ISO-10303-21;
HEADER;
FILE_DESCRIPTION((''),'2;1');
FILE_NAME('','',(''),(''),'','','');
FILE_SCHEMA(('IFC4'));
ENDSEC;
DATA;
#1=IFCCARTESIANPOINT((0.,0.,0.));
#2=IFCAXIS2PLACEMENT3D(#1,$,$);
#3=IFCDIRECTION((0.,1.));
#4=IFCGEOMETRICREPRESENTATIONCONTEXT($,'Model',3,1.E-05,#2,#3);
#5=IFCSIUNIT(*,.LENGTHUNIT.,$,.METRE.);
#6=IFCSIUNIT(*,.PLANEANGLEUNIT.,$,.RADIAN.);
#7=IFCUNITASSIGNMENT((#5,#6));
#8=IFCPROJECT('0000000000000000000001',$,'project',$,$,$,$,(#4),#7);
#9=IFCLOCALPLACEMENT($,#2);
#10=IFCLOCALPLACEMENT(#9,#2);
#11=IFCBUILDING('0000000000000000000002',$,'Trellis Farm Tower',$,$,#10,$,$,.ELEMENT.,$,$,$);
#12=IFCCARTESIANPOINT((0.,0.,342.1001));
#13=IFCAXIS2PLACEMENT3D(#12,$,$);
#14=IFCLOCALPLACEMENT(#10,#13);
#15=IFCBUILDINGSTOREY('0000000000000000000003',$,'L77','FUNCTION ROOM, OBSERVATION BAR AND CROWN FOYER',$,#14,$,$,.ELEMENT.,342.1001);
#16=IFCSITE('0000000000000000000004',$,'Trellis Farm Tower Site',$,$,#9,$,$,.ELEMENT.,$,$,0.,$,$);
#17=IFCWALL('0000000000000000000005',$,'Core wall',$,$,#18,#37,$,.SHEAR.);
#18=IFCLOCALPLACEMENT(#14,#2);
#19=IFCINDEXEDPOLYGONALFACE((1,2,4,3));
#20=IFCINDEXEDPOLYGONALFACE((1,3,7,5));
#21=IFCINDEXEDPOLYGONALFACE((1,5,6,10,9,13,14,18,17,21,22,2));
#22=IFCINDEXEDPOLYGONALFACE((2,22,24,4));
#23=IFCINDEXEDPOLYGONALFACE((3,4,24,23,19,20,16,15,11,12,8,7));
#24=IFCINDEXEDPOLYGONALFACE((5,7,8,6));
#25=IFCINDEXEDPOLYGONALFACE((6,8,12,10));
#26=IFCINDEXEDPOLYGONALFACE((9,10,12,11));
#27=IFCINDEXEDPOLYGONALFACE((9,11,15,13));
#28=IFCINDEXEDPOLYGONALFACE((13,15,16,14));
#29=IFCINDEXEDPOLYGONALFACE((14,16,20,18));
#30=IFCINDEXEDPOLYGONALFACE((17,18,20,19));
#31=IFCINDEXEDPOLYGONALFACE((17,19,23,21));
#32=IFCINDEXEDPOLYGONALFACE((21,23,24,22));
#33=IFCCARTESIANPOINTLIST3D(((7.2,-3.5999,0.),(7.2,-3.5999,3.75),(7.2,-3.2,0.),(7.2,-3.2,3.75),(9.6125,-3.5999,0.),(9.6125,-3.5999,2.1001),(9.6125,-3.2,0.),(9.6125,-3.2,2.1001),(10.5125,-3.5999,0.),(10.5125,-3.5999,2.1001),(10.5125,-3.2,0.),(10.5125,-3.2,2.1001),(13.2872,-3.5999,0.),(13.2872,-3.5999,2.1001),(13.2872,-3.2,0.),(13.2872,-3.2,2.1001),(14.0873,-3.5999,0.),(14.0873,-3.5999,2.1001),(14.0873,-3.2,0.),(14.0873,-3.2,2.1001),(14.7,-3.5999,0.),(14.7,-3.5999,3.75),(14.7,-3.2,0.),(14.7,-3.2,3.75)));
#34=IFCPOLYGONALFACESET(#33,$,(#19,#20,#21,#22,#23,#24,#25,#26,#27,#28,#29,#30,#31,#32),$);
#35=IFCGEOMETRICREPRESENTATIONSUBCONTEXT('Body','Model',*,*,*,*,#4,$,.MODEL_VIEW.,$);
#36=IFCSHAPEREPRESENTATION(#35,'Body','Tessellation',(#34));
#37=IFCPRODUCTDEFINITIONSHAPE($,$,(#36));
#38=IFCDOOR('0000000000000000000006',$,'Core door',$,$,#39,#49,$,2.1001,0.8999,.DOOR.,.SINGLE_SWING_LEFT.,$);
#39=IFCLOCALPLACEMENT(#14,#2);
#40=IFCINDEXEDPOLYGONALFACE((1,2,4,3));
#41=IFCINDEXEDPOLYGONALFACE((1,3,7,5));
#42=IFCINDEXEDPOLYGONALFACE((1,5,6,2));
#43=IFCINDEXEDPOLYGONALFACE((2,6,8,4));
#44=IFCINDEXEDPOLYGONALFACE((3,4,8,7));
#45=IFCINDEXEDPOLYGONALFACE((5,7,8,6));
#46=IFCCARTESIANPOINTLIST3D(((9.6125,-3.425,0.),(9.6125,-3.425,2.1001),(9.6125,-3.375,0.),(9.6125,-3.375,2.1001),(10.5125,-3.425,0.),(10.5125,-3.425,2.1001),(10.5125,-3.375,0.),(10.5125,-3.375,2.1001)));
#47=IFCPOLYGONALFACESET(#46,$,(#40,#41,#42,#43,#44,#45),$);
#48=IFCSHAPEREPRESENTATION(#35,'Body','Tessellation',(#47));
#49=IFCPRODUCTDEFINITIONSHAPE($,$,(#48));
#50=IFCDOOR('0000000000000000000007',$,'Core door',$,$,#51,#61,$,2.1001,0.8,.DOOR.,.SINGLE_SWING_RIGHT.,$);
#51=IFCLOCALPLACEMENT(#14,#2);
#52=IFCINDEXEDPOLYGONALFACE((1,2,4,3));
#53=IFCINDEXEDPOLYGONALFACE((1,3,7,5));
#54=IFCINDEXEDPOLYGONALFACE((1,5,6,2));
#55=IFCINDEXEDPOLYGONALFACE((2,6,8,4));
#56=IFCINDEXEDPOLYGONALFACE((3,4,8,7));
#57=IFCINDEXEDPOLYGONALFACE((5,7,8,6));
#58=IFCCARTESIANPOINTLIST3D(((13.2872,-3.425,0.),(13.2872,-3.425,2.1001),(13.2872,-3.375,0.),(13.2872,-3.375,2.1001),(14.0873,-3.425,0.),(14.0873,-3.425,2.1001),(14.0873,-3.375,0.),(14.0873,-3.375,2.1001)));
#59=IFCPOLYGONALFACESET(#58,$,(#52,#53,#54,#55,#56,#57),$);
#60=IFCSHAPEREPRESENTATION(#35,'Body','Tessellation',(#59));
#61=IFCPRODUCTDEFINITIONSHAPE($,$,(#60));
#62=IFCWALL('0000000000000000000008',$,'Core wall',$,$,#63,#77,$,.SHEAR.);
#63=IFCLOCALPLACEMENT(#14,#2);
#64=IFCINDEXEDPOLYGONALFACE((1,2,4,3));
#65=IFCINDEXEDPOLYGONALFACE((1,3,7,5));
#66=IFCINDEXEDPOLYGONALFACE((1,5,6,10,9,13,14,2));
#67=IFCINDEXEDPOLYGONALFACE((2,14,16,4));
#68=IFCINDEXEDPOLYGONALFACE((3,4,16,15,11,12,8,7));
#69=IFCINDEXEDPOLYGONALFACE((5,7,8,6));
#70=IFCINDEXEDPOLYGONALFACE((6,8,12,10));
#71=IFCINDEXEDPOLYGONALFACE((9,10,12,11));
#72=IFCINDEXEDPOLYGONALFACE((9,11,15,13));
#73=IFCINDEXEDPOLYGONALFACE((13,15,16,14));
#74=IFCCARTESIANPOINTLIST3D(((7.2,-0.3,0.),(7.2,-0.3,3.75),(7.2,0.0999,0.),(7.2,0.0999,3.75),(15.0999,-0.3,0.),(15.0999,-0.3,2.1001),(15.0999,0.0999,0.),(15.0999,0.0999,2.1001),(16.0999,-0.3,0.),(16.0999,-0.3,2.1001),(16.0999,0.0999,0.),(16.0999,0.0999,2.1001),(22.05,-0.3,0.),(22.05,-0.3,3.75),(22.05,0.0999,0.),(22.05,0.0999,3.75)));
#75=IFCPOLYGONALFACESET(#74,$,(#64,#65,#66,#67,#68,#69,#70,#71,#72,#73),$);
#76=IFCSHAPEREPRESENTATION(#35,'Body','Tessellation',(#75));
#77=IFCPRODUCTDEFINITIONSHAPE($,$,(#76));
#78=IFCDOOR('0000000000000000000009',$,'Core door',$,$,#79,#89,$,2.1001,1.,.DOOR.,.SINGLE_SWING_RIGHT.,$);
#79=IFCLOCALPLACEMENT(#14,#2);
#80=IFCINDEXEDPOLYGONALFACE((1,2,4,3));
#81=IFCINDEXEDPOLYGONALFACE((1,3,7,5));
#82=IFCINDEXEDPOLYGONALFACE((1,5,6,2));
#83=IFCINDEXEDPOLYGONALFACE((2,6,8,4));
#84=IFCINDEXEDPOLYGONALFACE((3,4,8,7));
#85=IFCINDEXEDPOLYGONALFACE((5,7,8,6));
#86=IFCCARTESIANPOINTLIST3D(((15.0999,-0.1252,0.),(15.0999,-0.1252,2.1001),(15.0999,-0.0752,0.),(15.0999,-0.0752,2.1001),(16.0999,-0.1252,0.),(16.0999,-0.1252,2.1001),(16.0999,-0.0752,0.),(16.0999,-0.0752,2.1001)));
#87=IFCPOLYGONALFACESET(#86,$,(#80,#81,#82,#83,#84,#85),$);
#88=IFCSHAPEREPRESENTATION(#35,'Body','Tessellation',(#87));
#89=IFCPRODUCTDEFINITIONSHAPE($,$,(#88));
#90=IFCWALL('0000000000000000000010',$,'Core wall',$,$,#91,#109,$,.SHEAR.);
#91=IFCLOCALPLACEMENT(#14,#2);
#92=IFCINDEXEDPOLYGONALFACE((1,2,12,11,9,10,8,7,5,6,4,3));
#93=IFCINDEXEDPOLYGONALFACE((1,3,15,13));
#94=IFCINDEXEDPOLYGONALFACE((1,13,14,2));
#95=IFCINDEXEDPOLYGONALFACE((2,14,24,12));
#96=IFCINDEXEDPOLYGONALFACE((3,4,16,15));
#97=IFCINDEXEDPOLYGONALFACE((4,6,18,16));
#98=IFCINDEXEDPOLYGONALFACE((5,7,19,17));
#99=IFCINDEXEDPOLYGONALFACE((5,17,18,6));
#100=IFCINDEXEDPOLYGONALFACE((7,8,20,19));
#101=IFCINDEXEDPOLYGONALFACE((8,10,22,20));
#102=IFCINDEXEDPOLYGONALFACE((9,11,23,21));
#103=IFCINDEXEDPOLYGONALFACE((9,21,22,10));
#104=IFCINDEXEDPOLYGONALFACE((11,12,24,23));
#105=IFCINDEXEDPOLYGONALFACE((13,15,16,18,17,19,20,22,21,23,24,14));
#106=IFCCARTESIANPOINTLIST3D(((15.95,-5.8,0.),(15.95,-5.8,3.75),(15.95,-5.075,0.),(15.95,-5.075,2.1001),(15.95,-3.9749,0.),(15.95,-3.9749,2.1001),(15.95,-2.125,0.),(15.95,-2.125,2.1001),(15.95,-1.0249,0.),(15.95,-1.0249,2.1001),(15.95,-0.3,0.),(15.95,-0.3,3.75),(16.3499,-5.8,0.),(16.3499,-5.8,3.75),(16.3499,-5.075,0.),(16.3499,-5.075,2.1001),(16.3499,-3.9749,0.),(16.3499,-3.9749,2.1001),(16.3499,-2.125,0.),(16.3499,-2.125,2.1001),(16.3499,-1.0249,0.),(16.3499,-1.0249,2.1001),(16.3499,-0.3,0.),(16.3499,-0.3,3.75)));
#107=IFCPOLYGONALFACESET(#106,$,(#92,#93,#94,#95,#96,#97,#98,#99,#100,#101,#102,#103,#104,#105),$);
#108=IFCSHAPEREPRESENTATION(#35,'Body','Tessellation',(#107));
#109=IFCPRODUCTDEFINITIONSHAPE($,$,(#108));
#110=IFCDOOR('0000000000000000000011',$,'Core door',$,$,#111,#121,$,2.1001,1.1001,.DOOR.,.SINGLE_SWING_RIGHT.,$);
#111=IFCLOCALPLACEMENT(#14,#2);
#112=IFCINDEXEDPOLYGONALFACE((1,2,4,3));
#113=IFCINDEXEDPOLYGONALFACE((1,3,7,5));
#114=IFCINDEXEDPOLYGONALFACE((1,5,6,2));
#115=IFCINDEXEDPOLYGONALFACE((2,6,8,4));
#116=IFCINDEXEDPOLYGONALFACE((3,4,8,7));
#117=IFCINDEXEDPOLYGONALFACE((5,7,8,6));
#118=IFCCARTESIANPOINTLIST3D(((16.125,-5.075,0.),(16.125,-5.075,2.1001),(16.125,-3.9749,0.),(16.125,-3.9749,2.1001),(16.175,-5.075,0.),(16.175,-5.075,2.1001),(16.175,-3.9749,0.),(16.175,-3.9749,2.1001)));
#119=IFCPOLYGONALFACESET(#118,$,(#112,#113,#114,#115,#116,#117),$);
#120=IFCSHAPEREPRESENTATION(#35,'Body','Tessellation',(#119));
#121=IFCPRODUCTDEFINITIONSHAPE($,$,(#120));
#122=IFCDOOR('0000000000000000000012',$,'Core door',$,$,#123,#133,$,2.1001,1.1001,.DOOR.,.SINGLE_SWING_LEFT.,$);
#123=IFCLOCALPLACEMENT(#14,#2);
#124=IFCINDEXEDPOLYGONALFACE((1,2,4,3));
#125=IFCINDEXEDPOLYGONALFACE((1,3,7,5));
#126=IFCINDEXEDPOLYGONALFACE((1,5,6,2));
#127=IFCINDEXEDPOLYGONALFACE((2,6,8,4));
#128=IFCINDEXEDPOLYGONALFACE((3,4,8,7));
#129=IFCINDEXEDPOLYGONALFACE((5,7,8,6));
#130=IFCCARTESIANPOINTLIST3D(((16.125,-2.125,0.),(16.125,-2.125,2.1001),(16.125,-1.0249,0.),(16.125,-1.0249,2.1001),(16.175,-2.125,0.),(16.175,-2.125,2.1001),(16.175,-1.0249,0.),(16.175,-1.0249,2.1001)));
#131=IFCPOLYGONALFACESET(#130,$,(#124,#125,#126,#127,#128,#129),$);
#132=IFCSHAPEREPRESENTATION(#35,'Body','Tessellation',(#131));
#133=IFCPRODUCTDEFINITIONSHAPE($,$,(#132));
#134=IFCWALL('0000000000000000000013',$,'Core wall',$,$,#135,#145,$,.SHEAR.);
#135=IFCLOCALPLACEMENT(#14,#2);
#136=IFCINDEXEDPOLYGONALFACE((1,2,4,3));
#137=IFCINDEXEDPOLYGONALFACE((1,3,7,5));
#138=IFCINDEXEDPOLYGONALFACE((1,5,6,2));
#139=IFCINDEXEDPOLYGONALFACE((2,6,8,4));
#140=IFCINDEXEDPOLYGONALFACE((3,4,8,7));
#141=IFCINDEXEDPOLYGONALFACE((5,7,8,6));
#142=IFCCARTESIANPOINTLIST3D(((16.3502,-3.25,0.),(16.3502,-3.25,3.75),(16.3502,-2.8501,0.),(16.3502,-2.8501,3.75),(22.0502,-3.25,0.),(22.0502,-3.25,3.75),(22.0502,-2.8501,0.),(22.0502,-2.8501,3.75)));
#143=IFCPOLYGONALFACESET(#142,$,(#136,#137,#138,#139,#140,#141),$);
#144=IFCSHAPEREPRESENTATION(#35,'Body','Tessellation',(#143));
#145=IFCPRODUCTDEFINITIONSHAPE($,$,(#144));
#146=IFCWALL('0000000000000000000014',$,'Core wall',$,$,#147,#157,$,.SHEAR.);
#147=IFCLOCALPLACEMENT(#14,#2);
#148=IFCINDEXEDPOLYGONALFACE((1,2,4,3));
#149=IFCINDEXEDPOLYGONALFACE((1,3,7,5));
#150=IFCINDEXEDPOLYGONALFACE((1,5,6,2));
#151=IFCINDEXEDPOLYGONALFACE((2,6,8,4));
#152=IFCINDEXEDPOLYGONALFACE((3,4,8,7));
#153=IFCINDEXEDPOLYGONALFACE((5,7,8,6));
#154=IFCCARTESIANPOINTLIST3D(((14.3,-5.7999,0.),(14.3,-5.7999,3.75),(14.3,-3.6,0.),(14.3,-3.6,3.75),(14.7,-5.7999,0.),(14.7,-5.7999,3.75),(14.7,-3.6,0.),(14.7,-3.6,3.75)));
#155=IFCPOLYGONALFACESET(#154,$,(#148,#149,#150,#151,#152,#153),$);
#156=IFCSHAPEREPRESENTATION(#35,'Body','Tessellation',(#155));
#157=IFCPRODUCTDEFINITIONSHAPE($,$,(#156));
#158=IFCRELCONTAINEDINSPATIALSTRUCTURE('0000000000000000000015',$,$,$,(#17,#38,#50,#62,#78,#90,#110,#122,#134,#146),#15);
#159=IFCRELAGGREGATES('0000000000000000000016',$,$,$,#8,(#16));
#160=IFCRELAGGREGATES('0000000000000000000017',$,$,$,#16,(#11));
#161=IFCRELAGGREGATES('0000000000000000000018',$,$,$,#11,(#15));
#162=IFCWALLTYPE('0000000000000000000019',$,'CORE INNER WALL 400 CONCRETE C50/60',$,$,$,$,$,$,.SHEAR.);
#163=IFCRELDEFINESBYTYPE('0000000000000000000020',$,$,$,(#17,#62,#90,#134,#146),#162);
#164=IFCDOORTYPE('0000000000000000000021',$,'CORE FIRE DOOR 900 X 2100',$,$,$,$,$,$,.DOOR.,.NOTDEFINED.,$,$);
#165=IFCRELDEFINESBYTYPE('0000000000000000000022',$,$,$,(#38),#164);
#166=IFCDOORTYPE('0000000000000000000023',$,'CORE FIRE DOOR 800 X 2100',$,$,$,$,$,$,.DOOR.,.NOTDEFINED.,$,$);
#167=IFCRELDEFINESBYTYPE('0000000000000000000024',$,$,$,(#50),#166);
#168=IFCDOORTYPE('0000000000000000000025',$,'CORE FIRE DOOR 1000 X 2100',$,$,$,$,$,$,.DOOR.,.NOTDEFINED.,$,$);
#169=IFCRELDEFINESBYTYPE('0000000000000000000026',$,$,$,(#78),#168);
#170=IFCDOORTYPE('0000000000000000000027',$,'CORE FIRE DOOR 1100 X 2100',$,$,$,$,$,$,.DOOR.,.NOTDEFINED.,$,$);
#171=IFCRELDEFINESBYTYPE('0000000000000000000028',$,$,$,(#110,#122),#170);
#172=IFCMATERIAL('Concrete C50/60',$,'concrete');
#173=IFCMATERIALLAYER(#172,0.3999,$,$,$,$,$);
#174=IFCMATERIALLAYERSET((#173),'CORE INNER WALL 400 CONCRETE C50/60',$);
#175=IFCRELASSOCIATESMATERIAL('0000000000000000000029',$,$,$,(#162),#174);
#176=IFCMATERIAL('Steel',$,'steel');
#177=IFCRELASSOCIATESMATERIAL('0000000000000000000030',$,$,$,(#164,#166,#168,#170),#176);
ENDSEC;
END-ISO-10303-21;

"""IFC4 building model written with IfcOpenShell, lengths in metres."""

from ifc_helpers import new_model, si_unit, direction, frame, frame_2d, origin, place, context, subcontext, project, spatial, rectangle, extrude, source, transform, mapped, material, layer, layer_set, type_object, element, fill, save


model = new_model("IFC4")

# Units and contexts
model_context = context("Model", 3, precision=1e-05, world=origin(), true_north=direction((0.0, 1.0)))
body_context = subcontext(model_context, "Body", "Model", "MODEL_VIEW")
ifc_project = project(units=[si_unit("LENGTHUNIT", "METRE"), si_unit("PLANEANGLEUNIT", "RADIAN")], contexts=[model_context])

# Site, building, storey
site_placement = place(None, origin())
site = spatial("IfcSite", under=ifc_project, at=site_placement, Name="Trellis Farm Tower Site", CompositionType="ELEMENT", RefElevation=0.0)
building_placement = place(site_placement, origin())
building = spatial("IfcBuilding", under=site, at=building_placement, Name="Trellis Farm Tower", CompositionType="ELEMENT")
storey_placement = place(building_placement, frame((0.0, 0.0, 342.1001)))
storey = spatial("IfcBuildingStorey", under=building, at=storey_placement, Name="L77", Description="FUNCTION ROOM, OBSERVATION BAR AND CROWN FOYER", CompositionType="ELEMENT", Elevation=342.1001)

# Shared definitions
ifc_material_1 = material(Name="Concrete C50/60", Category="concrete")

# Shared definitions
ifc_material_2 = material(Name="Steel", Category="steel")

# Wall, openings, doors
ifc_layer_1 = layer(ifc_material_1, 0.3999)
ifc_layer_set_1 = layer_set([ifc_layer_1], Name="CORE INNER WALL 400 CONCRETE C50/60")
wall_type_1 = type_object("IfcWallType", Name="CORE INNER WALL 400 CONCRETE C50/60", PredefinedType="SHEAR", material=ifc_layer_set_1)
shared_shape_1 = source(origin(), body_context, "Body", "SweptSolid", [
    extrude(rectangle(XDim=7.5, YDim=0.3999, at=frame_2d((3.75, 0.0))), origin(), (0.0, 0.0, 1.0), 3.75),
])
wall_1_placement = place(storey_placement, frame((7.2, -3.3999, 0.0), z_axis=(0.0, 0.0, 1.0), x_axis=(1.0, 0.0, 0.0)))
wall_1 = element("IfcWall", 1, at=wall_1_placement, inside=storey, type_object=wall_type_1, Name="Core wall", PredefinedType="SHEAR", context=body_context, shape_type="MappedRepresentation", body=[
    mapped(shared_shape_1, transform((0.0, 0.0, 0.0))),
])
shared_shape_2 = source(origin(), body_context, "Body", "SweptSolid", [
    extrude(rectangle(XDim=0.8999, YDim=2.1001, at=frame_2d((0.45, 1.05))), frame((0.0, 0.21, 0.0), z_axis=(0.0, -1.0, 0.0), x_axis=(1.0, 0.0, 0.0)), (0.0, 0.0, 1.0), 0.4199),
])
opening_1_placement = place(wall_1_placement, frame((2.4126, 0.0, 0.0)))
opening_1 = element("IfcOpeningElement", 2, at=opening_1_placement, cuts=wall_1, PredefinedType="OPENING", context=body_context, shape_type="MappedRepresentation", body=[
    mapped(shared_shape_2, transform((0.0, 0.0, 0.0))),
])
shared_shape_3 = source(origin(), body_context, "Body", "SweptSolid", [
    extrude(rectangle(XDim=0.8, YDim=2.1001, at=frame_2d((0.3999, 1.05))), frame((0.0, 0.21, 0.0), z_axis=(0.0, -1.0, 0.0), x_axis=(1.0, 0.0, 0.0)), (0.0, 0.0, 1.0), 0.4199),
])
opening_2_placement = place(wall_1_placement, frame((6.0874, 0.0, 0.0)))
opening_2 = element("IfcOpeningElement", 3, at=opening_2_placement, cuts=wall_1, PredefinedType="OPENING", context=body_context, shape_type="MappedRepresentation", body=[
    mapped(shared_shape_3, transform((0.0, 0.0, 0.0))),
])
door_type_1 = type_object("IfcDoorType", Name="CORE FIRE DOOR 900 X 2100", OperationType="NOTDEFINED", PredefinedType="DOOR", material=ifc_material_2)
shared_shape_4 = source(origin(), body_context, "Body", "SweptSolid", [
    extrude(rectangle(XDim=0.8999, YDim=2.1001, at=frame_2d((0.45, 1.05))), frame((0.0, 0.0249, 0.0), z_axis=(0.0, -1.0, 0.0), x_axis=(1.0, 0.0, 0.0)), (0.0, 0.0, 1.0), 0.05),
])
door_1_placement = place(opening_1_placement, origin())
door_1 = element("IfcDoor", 4, at=door_1_placement, inside=storey, type_object=door_type_1, Name="Core door", OperationType="SINGLE_SWING_LEFT", OverallHeight=2.1001, OverallWidth=0.8999, PredefinedType="DOOR", context=body_context, shape_type="MappedRepresentation", body=[
    mapped(shared_shape_4, transform((0.0, 0.0, 0.0))),
])
fill(opening_1, door_1)
door_type_2 = type_object("IfcDoorType", Name="CORE FIRE DOOR 800 X 2100", OperationType="NOTDEFINED", PredefinedType="DOOR", material=ifc_material_2)
shared_shape_5 = source(origin(), body_context, "Body", "SweptSolid", [
    extrude(rectangle(XDim=0.8, YDim=2.1001, at=frame_2d((0.3999, 1.05))), frame((0.0, 0.0249, 0.0), z_axis=(0.0, -1.0, 0.0), x_axis=(1.0, 0.0, 0.0)), (0.0, 0.0, 1.0), 0.05),
])
door_2_placement = place(opening_2_placement, origin())
door_2 = element("IfcDoor", 5, at=door_2_placement, inside=storey, type_object=door_type_2, Name="Core door", OperationType="SINGLE_SWING_RIGHT", OverallHeight=2.1001, OverallWidth=0.8, PredefinedType="DOOR", context=body_context, shape_type="MappedRepresentation", body=[
    mapped(shared_shape_5, transform((0.0, 0.0, 0.0))),
])
fill(opening_2, door_2)

# Wall, opening, door
shared_shape_6 = source(origin(), body_context, "Body", "SweptSolid", [
    extrude(rectangle(XDim=14.8501, YDim=0.3999, at=frame_2d((7.425, 0.0))), origin(), (0.0, 0.0, 1.0), 3.75),
])
wall_2_placement = place(storey_placement, frame((7.2, -0.1001, 0.0), z_axis=(0.0, 0.0, 1.0), x_axis=(1.0, 0.0, 0.0)))
wall_2 = element("IfcWall", 6, at=wall_2_placement, inside=storey, type_object=wall_type_1, Name="Core wall", PredefinedType="SHEAR", context=body_context, shape_type="MappedRepresentation", body=[
    mapped(shared_shape_6, transform((0.0, 0.0, 0.0))),
])
shared_shape_7 = source(origin(), body_context, "Body", "SweptSolid", [
    extrude(rectangle(XDim=1.0, YDim=2.1001, at=frame_2d((0.5, 1.05))), frame((0.0, 0.21, 0.0), z_axis=(0.0, -1.0, 0.0), x_axis=(1.0, 0.0, 0.0)), (0.0, 0.0, 1.0), 0.4199),
])
opening_3_placement = place(wall_2_placement, frame((7.8999, 0.0, 0.0)))
opening_3 = element("IfcOpeningElement", 7, at=opening_3_placement, cuts=wall_2, PredefinedType="OPENING", context=body_context, shape_type="MappedRepresentation", body=[
    mapped(shared_shape_7, transform((0.0, 0.0, 0.0))),
])
door_type_3 = type_object("IfcDoorType", Name="CORE FIRE DOOR 1000 X 2100", OperationType="NOTDEFINED", PredefinedType="DOOR", material=ifc_material_2)
shared_shape_8 = source(origin(), body_context, "Body", "SweptSolid", [
    extrude(rectangle(XDim=1.0, YDim=2.1001, at=frame_2d((0.5, 1.05))), frame((0.0, 0.0249, 0.0), z_axis=(0.0, -1.0, 0.0), x_axis=(1.0, 0.0, 0.0)), (0.0, 0.0, 1.0), 0.05),
])
door_3_placement = place(opening_3_placement, origin())
door_3 = element("IfcDoor", 8, at=door_3_placement, inside=storey, type_object=door_type_3, Name="Core door", OperationType="SINGLE_SWING_RIGHT", OverallHeight=2.1001, OverallWidth=1.0, PredefinedType="DOOR", context=body_context, shape_type="MappedRepresentation", body=[
    mapped(shared_shape_8, transform((0.0, 0.0, 0.0))),
])
fill(opening_3, door_3)

# Wall, openings, doors
shared_shape_9 = source(origin(), body_context, "Body", "SweptSolid", [
    extrude(rectangle(XDim=5.5, YDim=0.3999, at=frame_2d((2.75, 0.0))), origin(), (0.0, 0.0, 1.0), 3.75),
])
wall_3_placement = place(storey_placement, frame((16.1499, -5.8, 0.0), z_axis=(0.0, 0.0, 1.0), x_axis=(0.0, 1.0, 0.0)))
wall_3 = element("IfcWall", 9, at=wall_3_placement, inside=storey, type_object=wall_type_1, Name="Core wall", PredefinedType="SHEAR", context=body_context, shape_type="MappedRepresentation", body=[
    mapped(shared_shape_9, transform((0.0, 0.0, 0.0))),
])
shared_shape_10 = source(origin(), body_context, "Body", "SweptSolid", [
    extrude(rectangle(XDim=1.1001, YDim=2.1001, at=frame_2d((0.55, 1.05))), frame((0.0, 0.21, 0.0), z_axis=(0.0, -1.0, 0.0), x_axis=(1.0, 0.0, 0.0)), (0.0, 0.0, 1.0), 0.4199),
])
opening_4_placement = place(wall_3_placement, frame((0.7251, 0.0, 0.0)))
opening_4 = element("IfcOpeningElement", 10, at=opening_4_placement, cuts=wall_3, PredefinedType="OPENING", context=body_context, shape_type="MappedRepresentation", body=[
    mapped(shared_shape_10, transform((0.0, 0.0, 0.0))),
])
opening_5_placement = place(wall_3_placement, frame((3.675, 0.0, 0.0)))
opening_5 = element("IfcOpeningElement", 11, at=opening_5_placement, cuts=wall_3, PredefinedType="OPENING", context=body_context, shape_type="MappedRepresentation", body=[
    mapped(shared_shape_10, transform((0.0, 0.0, 0.0))),
])
door_type_4 = type_object("IfcDoorType", Name="CORE FIRE DOOR 1100 X 2100", OperationType="NOTDEFINED", PredefinedType="DOOR", material=ifc_material_2)
shared_shape_11 = source(origin(), body_context, "Body", "SweptSolid", [
    extrude(rectangle(XDim=1.1001, YDim=2.1001, at=frame_2d((0.55, 1.05))), frame((0.0, 0.0249, 0.0), z_axis=(0.0, -1.0, 0.0), x_axis=(1.0, 0.0, 0.0)), (0.0, 0.0, 1.0), 0.05),
])
door_4_placement = place(opening_4_placement, origin())
door_4 = element("IfcDoor", 12, at=door_4_placement, inside=storey, type_object=door_type_4, Name="Core door", OperationType="SINGLE_SWING_RIGHT", OverallHeight=2.1001, OverallWidth=1.1001, PredefinedType="DOOR", context=body_context, shape_type="MappedRepresentation", body=[
    mapped(shared_shape_11, transform((0.0, 0.0, 0.0))),
])
fill(opening_4, door_4)
door_5_placement = place(opening_5_placement, origin())
door_5 = element("IfcDoor", 13, at=door_5_placement, inside=storey, type_object=door_type_4, Name="Core door", OperationType="SINGLE_SWING_LEFT", OverallHeight=2.1001, OverallWidth=1.1001, PredefinedType="DOOR", context=body_context, shape_type="MappedRepresentation", body=[
    mapped(shared_shape_11, transform((0.0, 0.0, 0.0))),
])
fill(opening_5, door_5)

# Walls
shared_shape_12 = source(origin(), body_context, "Body", "SweptSolid", [
    extrude(rectangle(XDim=5.7, YDim=0.3999, at=frame_2d((2.8501, 0.0))), origin(), (0.0, 0.0, 1.0), 3.75),
])
wall_4_placement = place(storey_placement, frame((16.3501, -3.05, 0.0), z_axis=(0.0, 0.0, 1.0), x_axis=(1.0, 0.0, 0.0)))
element("IfcWall", 14, at=wall_4_placement, inside=storey, type_object=wall_type_1, Name="Core wall", PredefinedType="SHEAR", context=body_context, shape_type="MappedRepresentation", body=[
    mapped(shared_shape_12, transform((0.0, 0.0, 0.0))),
])
shared_shape_13 = source(origin(), body_context, "Body", "SweptSolid", [
    extrude(rectangle(XDim=2.2, YDim=0.3999, at=frame_2d((1.1001, 0.0))), origin(), (0.0, 0.0, 1.0), 3.75),
])
wall_5_placement = place(storey_placement, frame((14.5, -5.8, 0.0), z_axis=(0.0, 0.0, 1.0), x_axis=(0.0, 1.0, 0.0)))
element("IfcWall", 15, at=wall_5_placement, inside=storey, type_object=wall_type_1, Name="Core wall", PredefinedType="SHEAR", context=body_context, shape_type="MappedRepresentation", body=[
    mapped(shared_shape_13, transform((0.0, 0.0, 0.0))),
])

save(model, "model.ifc")
